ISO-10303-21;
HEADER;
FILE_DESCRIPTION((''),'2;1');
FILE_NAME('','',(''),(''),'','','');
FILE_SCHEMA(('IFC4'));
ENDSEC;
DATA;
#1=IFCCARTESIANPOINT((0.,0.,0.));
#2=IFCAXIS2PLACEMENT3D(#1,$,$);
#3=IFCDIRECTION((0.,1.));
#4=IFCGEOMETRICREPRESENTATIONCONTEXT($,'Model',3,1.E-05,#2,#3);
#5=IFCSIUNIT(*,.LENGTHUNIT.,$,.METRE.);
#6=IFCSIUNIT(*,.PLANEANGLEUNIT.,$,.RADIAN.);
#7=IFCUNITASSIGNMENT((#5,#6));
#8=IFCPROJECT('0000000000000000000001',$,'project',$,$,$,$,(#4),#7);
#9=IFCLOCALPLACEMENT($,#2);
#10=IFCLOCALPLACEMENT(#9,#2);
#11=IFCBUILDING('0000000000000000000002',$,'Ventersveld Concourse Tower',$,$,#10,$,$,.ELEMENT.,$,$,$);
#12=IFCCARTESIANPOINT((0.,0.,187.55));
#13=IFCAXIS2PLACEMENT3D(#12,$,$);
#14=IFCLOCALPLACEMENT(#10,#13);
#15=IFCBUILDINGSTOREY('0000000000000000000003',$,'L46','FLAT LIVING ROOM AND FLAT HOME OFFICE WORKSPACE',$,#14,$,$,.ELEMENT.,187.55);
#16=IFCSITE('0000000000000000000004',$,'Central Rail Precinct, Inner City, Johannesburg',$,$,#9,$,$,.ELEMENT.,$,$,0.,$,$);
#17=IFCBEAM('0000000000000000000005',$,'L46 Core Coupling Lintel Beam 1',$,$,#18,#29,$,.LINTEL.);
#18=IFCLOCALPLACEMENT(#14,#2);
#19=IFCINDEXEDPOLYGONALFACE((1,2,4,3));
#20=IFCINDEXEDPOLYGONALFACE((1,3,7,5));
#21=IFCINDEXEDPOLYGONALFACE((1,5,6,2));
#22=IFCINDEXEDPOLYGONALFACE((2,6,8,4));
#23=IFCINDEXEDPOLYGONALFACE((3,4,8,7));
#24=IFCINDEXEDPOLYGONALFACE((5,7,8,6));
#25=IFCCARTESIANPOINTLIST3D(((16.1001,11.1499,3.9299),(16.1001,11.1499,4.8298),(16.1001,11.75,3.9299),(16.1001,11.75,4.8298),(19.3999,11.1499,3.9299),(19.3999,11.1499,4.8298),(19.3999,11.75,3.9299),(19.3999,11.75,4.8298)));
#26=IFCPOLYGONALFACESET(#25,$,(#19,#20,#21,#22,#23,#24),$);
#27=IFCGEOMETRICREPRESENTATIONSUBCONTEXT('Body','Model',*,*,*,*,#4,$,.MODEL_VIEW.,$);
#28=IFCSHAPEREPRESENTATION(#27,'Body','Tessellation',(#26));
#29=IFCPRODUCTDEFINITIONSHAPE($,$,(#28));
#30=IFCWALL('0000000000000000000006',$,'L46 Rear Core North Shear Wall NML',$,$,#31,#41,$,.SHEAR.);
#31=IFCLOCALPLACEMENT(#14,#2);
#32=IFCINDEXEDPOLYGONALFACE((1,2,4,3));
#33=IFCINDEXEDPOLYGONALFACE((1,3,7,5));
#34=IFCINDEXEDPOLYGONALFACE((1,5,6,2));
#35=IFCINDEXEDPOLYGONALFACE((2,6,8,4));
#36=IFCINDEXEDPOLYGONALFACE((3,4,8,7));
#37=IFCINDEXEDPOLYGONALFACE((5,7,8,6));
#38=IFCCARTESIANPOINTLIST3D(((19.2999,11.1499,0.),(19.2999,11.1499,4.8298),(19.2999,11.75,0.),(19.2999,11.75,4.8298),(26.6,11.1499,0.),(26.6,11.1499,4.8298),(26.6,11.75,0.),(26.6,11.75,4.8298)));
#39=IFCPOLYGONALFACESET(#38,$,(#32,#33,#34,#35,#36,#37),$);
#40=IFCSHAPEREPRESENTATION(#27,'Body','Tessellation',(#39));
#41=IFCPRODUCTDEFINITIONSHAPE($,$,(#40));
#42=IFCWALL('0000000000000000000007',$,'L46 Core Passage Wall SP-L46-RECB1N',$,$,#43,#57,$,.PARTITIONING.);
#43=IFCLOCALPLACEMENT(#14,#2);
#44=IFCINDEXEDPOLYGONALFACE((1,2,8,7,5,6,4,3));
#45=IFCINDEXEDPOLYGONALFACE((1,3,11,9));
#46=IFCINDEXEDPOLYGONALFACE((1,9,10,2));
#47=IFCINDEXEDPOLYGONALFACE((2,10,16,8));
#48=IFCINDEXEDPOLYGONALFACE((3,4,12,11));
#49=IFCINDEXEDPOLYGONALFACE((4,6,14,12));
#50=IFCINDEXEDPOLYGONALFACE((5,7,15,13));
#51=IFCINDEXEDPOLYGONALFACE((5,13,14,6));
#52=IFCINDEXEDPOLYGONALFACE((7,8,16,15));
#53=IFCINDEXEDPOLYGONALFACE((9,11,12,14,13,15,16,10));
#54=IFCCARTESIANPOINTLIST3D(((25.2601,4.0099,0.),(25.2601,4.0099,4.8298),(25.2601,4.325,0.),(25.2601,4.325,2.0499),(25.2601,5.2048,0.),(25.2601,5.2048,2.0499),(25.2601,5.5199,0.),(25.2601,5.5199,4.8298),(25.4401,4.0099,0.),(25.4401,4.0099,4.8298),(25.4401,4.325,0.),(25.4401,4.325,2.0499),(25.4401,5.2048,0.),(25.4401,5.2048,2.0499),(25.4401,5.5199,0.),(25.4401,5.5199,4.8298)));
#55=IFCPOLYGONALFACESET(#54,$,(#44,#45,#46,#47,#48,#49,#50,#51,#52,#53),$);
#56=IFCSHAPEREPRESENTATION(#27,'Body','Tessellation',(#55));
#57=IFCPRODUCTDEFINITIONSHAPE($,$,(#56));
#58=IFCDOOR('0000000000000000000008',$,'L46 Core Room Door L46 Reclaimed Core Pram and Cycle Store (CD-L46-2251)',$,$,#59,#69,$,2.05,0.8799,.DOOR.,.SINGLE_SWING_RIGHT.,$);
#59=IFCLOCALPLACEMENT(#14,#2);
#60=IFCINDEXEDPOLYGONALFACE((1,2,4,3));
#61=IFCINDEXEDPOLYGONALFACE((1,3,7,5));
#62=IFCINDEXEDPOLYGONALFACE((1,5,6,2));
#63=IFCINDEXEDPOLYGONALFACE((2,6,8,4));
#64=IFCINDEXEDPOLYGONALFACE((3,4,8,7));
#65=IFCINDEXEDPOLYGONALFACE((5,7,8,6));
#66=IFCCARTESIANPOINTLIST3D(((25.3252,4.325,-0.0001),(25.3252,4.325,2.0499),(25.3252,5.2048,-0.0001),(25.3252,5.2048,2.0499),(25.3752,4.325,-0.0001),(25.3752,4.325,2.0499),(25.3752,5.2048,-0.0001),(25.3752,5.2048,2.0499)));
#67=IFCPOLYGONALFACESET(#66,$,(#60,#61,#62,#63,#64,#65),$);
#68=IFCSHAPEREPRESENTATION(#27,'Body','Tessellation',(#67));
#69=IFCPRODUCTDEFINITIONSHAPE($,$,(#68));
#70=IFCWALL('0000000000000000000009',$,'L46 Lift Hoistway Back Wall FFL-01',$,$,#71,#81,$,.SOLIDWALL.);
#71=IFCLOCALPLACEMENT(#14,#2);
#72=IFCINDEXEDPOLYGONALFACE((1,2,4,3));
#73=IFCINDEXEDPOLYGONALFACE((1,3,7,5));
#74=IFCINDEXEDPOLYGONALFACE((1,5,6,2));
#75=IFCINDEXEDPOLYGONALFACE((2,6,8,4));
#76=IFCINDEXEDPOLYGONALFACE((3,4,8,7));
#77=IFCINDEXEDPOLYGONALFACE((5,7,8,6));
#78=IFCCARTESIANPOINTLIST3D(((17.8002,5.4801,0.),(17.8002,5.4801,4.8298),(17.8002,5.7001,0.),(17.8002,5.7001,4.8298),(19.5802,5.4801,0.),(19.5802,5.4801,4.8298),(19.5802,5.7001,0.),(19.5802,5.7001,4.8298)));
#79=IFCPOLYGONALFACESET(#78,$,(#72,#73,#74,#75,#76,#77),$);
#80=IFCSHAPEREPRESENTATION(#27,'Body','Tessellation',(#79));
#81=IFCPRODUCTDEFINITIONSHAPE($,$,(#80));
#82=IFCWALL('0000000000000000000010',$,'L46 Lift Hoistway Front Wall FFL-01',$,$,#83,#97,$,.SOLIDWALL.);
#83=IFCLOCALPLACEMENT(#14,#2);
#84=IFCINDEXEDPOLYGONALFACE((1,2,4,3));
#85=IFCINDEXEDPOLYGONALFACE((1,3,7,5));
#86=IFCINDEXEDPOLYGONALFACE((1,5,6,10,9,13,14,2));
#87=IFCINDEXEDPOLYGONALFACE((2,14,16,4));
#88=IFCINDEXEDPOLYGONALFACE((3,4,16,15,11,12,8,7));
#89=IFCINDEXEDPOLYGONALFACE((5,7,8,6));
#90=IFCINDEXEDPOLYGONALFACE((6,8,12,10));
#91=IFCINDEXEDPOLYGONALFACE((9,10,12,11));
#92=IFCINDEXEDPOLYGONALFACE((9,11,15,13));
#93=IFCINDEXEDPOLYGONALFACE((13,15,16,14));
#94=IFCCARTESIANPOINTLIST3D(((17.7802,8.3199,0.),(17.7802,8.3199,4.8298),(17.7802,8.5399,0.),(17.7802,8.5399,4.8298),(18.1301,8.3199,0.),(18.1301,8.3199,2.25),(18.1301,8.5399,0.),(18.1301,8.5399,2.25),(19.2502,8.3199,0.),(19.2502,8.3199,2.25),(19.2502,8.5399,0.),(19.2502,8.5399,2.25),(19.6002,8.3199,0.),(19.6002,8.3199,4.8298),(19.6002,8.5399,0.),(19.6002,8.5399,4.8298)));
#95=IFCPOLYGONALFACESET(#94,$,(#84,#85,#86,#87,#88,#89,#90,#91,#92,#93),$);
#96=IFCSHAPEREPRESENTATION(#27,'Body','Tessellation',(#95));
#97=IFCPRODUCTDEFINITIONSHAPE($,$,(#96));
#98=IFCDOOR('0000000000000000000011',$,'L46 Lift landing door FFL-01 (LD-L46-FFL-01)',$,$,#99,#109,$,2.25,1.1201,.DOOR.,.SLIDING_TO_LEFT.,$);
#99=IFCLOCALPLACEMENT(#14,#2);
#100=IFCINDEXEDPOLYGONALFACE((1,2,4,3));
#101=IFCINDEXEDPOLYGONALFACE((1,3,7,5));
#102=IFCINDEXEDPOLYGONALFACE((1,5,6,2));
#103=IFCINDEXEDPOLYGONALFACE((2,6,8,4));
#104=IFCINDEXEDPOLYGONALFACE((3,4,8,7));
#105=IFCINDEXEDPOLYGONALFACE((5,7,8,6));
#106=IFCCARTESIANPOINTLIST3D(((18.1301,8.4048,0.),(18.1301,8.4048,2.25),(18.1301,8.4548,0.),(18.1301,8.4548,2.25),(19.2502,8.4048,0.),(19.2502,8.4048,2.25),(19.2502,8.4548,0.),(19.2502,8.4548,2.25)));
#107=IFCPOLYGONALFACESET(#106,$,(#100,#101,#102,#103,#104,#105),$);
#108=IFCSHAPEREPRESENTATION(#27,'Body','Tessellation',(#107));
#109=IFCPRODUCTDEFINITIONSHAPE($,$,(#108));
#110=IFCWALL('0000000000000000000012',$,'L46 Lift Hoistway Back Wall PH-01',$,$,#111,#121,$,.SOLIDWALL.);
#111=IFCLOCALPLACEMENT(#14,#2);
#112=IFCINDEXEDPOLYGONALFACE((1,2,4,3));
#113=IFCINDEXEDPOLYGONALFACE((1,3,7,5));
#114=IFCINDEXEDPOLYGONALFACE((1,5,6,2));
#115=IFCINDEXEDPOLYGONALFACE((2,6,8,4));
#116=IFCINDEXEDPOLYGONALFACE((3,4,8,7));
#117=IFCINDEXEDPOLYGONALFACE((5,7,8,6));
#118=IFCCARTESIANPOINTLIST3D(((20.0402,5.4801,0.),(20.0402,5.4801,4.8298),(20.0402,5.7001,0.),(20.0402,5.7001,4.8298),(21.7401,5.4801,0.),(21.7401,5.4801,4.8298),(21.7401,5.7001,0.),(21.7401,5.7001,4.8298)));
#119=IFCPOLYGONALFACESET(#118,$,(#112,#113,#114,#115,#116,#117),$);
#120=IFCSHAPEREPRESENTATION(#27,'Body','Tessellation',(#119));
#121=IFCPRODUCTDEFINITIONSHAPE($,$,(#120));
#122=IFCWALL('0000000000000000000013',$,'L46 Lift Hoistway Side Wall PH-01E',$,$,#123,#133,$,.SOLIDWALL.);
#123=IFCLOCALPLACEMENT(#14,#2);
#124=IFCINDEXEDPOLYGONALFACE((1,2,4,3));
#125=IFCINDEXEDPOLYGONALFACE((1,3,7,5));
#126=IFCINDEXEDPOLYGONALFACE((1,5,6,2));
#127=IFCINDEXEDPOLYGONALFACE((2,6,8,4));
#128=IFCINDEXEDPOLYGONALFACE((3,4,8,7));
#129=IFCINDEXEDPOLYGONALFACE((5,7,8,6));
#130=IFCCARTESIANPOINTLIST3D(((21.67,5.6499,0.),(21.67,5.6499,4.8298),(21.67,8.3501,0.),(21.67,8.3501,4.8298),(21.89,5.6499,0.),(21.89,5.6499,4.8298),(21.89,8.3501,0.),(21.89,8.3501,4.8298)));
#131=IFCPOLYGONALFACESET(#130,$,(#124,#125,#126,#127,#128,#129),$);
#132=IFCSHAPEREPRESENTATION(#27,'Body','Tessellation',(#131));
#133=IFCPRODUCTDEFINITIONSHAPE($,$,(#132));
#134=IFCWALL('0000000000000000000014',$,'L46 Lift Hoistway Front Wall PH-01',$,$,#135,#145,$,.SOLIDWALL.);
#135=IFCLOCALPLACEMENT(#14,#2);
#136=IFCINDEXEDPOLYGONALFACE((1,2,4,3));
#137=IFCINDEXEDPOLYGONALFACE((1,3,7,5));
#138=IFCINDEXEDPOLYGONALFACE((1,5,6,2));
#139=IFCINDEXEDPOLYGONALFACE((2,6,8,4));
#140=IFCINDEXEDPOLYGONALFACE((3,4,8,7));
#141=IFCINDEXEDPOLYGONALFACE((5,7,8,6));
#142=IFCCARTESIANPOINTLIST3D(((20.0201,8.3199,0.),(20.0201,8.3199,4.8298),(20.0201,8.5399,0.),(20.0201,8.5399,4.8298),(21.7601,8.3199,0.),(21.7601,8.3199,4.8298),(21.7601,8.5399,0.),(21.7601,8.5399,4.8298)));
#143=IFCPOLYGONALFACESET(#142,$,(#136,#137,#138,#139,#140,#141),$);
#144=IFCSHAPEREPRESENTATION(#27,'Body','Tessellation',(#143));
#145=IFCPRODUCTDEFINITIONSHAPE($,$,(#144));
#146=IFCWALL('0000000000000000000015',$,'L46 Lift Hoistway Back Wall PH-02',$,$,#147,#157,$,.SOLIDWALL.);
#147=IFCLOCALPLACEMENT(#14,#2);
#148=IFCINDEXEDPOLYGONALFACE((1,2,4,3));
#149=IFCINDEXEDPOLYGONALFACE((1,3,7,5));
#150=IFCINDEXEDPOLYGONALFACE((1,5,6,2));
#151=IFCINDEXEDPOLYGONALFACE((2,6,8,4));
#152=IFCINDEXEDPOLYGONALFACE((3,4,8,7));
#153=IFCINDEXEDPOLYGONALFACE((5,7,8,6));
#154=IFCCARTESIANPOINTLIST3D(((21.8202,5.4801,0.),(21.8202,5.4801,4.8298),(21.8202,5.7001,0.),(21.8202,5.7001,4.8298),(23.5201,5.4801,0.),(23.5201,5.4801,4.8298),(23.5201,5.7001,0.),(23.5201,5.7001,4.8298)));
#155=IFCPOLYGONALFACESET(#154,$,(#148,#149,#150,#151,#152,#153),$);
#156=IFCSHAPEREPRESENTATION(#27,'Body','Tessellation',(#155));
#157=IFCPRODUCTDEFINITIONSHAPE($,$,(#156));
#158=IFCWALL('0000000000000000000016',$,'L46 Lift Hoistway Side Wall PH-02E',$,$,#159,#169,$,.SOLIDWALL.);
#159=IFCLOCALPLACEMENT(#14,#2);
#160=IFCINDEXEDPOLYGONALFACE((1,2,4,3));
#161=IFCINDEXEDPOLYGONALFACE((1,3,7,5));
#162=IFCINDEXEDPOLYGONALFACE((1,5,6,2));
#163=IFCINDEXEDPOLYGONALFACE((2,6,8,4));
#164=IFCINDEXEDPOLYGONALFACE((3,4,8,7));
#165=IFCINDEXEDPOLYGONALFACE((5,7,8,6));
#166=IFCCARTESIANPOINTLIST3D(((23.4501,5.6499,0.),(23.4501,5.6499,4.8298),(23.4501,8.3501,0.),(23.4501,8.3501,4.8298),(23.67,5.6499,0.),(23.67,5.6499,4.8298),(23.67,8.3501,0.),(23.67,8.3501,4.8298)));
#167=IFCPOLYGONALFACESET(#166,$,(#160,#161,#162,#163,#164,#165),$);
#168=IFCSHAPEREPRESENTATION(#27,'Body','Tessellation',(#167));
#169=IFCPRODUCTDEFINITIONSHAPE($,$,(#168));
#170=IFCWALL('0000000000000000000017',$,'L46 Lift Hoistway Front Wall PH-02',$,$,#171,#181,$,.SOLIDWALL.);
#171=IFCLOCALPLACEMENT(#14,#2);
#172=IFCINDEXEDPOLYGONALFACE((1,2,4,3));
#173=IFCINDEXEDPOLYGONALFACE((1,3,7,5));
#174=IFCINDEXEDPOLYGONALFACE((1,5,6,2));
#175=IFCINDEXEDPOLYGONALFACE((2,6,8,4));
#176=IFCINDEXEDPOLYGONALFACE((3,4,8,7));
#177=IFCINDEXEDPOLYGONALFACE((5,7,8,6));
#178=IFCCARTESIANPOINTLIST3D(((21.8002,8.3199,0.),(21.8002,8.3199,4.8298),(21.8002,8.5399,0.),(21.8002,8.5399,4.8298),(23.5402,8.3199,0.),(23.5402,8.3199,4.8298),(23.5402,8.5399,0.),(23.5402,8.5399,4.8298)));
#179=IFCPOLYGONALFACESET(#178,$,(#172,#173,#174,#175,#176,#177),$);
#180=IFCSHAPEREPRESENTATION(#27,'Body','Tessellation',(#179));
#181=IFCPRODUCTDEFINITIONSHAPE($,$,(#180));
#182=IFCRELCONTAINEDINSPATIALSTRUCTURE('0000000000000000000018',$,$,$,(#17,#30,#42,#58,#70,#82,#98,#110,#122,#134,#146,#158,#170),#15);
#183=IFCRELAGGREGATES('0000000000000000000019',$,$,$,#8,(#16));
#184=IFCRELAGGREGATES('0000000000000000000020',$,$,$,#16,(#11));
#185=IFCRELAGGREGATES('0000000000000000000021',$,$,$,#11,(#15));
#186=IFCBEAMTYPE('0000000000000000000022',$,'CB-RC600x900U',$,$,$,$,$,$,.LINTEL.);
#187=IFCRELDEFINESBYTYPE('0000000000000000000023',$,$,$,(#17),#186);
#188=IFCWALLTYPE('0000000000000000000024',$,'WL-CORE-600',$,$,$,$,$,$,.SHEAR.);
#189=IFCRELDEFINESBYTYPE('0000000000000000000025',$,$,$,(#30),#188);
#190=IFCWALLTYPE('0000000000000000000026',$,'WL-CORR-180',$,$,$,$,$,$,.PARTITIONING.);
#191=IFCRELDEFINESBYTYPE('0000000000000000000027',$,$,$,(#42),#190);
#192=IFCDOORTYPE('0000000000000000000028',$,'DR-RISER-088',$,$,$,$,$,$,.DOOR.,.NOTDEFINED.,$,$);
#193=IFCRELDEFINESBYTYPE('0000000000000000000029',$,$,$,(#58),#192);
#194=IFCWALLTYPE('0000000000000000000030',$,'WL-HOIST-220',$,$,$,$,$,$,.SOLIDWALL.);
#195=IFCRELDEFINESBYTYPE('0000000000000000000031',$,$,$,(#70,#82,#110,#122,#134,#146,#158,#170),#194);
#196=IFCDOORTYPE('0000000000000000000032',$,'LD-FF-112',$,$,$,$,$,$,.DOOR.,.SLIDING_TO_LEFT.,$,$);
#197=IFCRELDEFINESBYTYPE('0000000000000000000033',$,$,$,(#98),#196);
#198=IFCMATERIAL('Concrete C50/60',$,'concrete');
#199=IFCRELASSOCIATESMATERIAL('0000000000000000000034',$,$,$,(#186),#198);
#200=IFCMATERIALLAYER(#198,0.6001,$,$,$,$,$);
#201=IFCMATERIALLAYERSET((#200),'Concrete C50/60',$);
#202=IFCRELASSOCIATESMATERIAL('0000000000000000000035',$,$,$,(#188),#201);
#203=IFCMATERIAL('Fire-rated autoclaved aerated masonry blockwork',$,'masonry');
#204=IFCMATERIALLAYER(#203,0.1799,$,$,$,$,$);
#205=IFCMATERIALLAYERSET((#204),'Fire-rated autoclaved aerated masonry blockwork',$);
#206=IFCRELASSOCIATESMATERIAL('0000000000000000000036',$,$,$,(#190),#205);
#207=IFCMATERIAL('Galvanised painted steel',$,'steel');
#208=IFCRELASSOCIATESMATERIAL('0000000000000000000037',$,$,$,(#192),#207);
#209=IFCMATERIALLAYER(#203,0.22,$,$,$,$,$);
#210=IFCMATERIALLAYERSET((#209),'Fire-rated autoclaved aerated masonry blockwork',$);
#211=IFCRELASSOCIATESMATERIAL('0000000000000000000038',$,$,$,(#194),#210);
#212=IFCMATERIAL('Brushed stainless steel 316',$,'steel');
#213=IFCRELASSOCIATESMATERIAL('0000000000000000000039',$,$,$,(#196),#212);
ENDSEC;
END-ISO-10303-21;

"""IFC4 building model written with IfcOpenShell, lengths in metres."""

from ifc_helpers import new_model, si_unit, direction, frame, frame_2d, origin, origin_2d, place, context, subcontext, project, spatial, rectangle, extrude, material, layer, layer_set, material_profile, profile_set, type_object, element, fill, save


model = new_model("IFC4")

# Units and contexts
model_context = context("Model", 3, precision=1e-05, world=origin(), true_north=direction((0.0, 1.0)))
body_context = subcontext(model_context, "Body", "Model", "MODEL_VIEW")
ifc_project = project(units=[si_unit("LENGTHUNIT", "METRE"), si_unit("PLANEANGLEUNIT", "RADIAN")], contexts=[model_context])

# Site, building, storey
site_placement = place(None, origin())
site = spatial("IfcSite", under=ifc_project, at=site_placement, Name="Central Rail Precinct, Inner City, Johannesburg", CompositionType="ELEMENT", RefElevation=0.0)
building_placement = place(site_placement, origin())
building = spatial("IfcBuilding", under=site, at=building_placement, Name="Ventersveld Concourse Tower", CompositionType="ELEMENT")
storey_placement = place(building_placement, frame((0.0, 0.0, 187.55)))
storey = spatial("IfcBuildingStorey", under=building, at=storey_placement, Name="L46", Description="FLAT LIVING ROOM AND FLAT HOME OFFICE WORKSPACE", CompositionType="ELEMENT", Elevation=187.55)

# Beam
ifc_material_1 = material(Name="Concrete C50/60", Category="concrete")
ifc_material_profile = material_profile(ifc_material_1, rectangle(XDim=0.6001, YDim=0.8999, at=origin_2d()), Name="RC 600x900")
ifc_profile_set = profile_set([ifc_material_profile], Name="Concrete C50/60")
beam_type = type_object("IfcBeamType", Name="CB-RC600x900U", PredefinedType="LINTEL", material=ifc_profile_set)
beam_placement = place(storey_placement, frame((16.1001, 11.45, 4.3799), z_axis=(1.0, 0.0, 0.0), x_axis=(0.0, 1.0, 0.0)))
element("IfcBeam", 1, at=beam_placement, inside=storey, type_object=beam_type, Name="L46 Core Coupling Lintel Beam 1", PredefinedType="LINTEL", context=body_context, shape_type="SweptSolid", body=[
    extrude(rectangle(XDim=0.6001, YDim=0.8999, at=origin_2d()), origin(), (0.0, 0.0, 1.0), 3.2998),
])

# Wall
ifc_layer_1 = layer(ifc_material_1, 0.6001)
ifc_layer_set_1 = layer_set([ifc_layer_1], Name="Concrete C50/60")
wall_type_1 = type_object("IfcWallType", Name="WL-CORE-600", PredefinedType="SHEAR", material=ifc_layer_set_1)
wall_1_placement = place(storey_placement, frame((19.3, 11.45, 0.0), z_axis=(0.0, 0.0, 1.0), x_axis=(1.0, 0.0, 0.0)))
element("IfcWall", 2, at=wall_1_placement, inside=storey, type_object=wall_type_1, Name="L46 Rear Core North Shear Wall NML", PredefinedType="SHEAR", context=body_context, shape_type="SweptSolid", body=[
    extrude(rectangle(XDim=7.3, YDim=0.6001, at=frame_2d((3.6499, 0.0))), origin(), (0.0, 0.0, 1.0), 4.8298),
])

# Wall, opening, door
ifc_material_2 = material(Name="Fire-rated autoclaved aerated masonry blockwork", Category="masonry")
ifc_layer_2 = layer(ifc_material_2, 0.1799)
ifc_layer_set_2 = layer_set([ifc_layer_2], Name="Fire-rated autoclaved aerated masonry blockwork")
wall_type_2 = type_object("IfcWallType", Name="WL-CORR-180", PredefinedType="PARTITIONING", material=ifc_layer_set_2)
wall_2_placement = place(storey_placement, frame((25.3501, 4.01, 0.0), z_axis=(0.0, 0.0, 1.0), x_axis=(0.0, 1.0, 0.0)))
wall_2 = element("IfcWall", 3, at=wall_2_placement, inside=storey, type_object=wall_type_2, Name="L46 Core Passage Wall SP-L46-RECB1N", PredefinedType="PARTITIONING", context=body_context, shape_type="SweptSolid", body=[
    extrude(rectangle(XDim=1.51, YDim=0.1799, at=frame_2d((0.7549, 0.0))), origin(), (0.0, 0.0, 1.0), 4.8298),
])
opening_1_placement = place(wall_2_placement, frame((0.3149, 0.0, 0.0)))
opening_1 = element("IfcOpeningElement", 4, at=opening_1_placement, cuts=wall_2, PredefinedType="OPENING", context=body_context, shape_type="SweptSolid", body=[
    extrude(rectangle(XDim=0.8799, YDim=2.05, at=frame_2d((0.4399, 1.0249))), frame((0.0, 0.1001, 0.0), z_axis=(0.0, -1.0, 0.0), x_axis=(1.0, 0.0, 0.0)), (0.0, 0.0, 1.0), 0.2),
])
ifc_material_3 = material(Name="Galvanised painted steel", Category="steel")
door_type_1 = type_object("IfcDoorType", Name="DR-RISER-088", OperationType="NOTDEFINED", PredefinedType="DOOR", material=ifc_material_3)
door_1_placement = place(opening_1_placement, origin())
door_1 = element("IfcDoor", 5, at=door_1_placement, inside=storey, type_object=door_type_1, Name="L46 Core Room Door L46 Reclaimed Core Pram and Cycle Store (CD-L46-2251)", OperationType="SINGLE_SWING_RIGHT", OverallHeight=2.05, OverallWidth=0.8799, PredefinedType="DOOR", context=body_context, shape_type="SweptSolid", body=[
    extrude(rectangle(XDim=0.8799, YDim=2.05, at=frame_2d((0.4399, 1.0249))), frame((0.0, 0.0249, 0.0), z_axis=(0.0, -1.0, 0.0), x_axis=(1.0, 0.0, 0.0)), (0.0, 0.0, 1.0), 0.05),
])
fill(opening_1, door_1)

# Wall
ifc_layer_3 = layer(ifc_material_2, 0.22)
ifc_layer_set_3 = layer_set([ifc_layer_3], Name="Fire-rated autoclaved aerated masonry blockwork")
wall_type_3 = type_object("IfcWallType", Name="WL-HOIST-220", PredefinedType="SOLIDWALL", material=ifc_layer_set_3)
wall_3_placement = place(storey_placement, frame((17.8, 5.5901, 0.0), z_axis=(0.0, 0.0, 1.0), x_axis=(1.0, 0.0, 0.0)))
element("IfcWall", 6, at=wall_3_placement, inside=storey, type_object=wall_type_3, Name="L46 Lift Hoistway Back Wall FFL-01", PredefinedType="SOLIDWALL", context=body_context, shape_type="SweptSolid", body=[
    extrude(rectangle(XDim=1.78, YDim=0.22, at=frame_2d((0.8901, 0.0))), origin(), (0.0, 0.0, 1.0), 4.8298),
])

# Wall, opening, door
wall_4_placement = place(storey_placement, frame((17.78, 8.4299, 0.0), z_axis=(0.0, 0.0, 1.0), x_axis=(1.0, 0.0, 0.0)))
wall_4 = element("IfcWall", 7, at=wall_4_placement, inside=storey, type_object=wall_type_3, Name="L46 Lift Hoistway Front Wall FFL-01", PredefinedType="SOLIDWALL", context=body_context, shape_type="SweptSolid", body=[
    extrude(rectangle(XDim=1.8201, YDim=0.22, at=frame_2d((0.9102, 0.0))), origin(), (0.0, 0.0, 1.0), 4.8298),
])
opening_2_placement = place(wall_4_placement, frame((0.3501, 0.0, 0.0)))
opening_2 = element("IfcOpeningElement", 8, at=opening_2_placement, cuts=wall_4, PredefinedType="OPENING", context=body_context, shape_type="SweptSolid", body=[
    extrude(rectangle(XDim=1.1201, YDim=2.25, at=frame_2d((0.5601, 1.125))), frame((0.0, 0.1201, 0.0), z_axis=(0.0, -1.0, 0.0), x_axis=(1.0, 0.0, 0.0)), (0.0, 0.0, 1.0), 0.24),
])
ifc_material_4 = material(Name="Brushed stainless steel 316", Category="steel")
door_type_2 = type_object("IfcDoorType", Name="LD-FF-112", OperationType="SLIDING_TO_LEFT", PredefinedType="DOOR", material=ifc_material_4)
door_2_placement = place(opening_2_placement, origin())
door_2 = element("IfcDoor", 9, at=door_2_placement, inside=storey, type_object=door_type_2, Name="L46 Lift landing door FFL-01 (LD-L46-FFL-01)", OperationType="SLIDING_TO_LEFT", OverallHeight=2.25, OverallWidth=1.1201, PredefinedType="DOOR", context=body_context, shape_type="SweptSolid", body=[
    extrude(rectangle(XDim=1.1201, YDim=2.25, at=frame_2d((0.5601, 1.125))), frame((0.0, 0.0249, 0.0), z_axis=(0.0, -1.0, 0.0), x_axis=(1.0, 0.0, 0.0)), (0.0, 0.0, 1.0), 0.05),
])
fill(opening_2, door_2)

# Walls
wall_5_placement = place(storey_placement, frame((20.04, 5.5901, 0.0), z_axis=(0.0, 0.0, 1.0), x_axis=(1.0, 0.0, 0.0)))
element("IfcWall", 10, at=wall_5_placement, inside=storey, type_object=wall_type_3, Name="L46 Lift Hoistway Back Wall PH-01", PredefinedType="SOLIDWALL", context=body_context, shape_type="SweptSolid", body=[
    extrude(rectangle(XDim=1.7, YDim=0.22, at=frame_2d((0.8501, 0.0))), origin(), (0.0, 0.0, 1.0), 4.8298),
])
wall_6_placement = place(storey_placement, frame((21.78, 5.6499, 0.0), z_axis=(0.0, 0.0, 1.0), x_axis=(0.0, 1.0, 0.0)))
element("IfcWall", 11, at=wall_6_placement, inside=storey, type_object=wall_type_3, Name="L46 Lift Hoistway Side Wall PH-01E", PredefinedType="SOLIDWALL", context=body_context, shape_type="SweptSolid", body=[
    extrude(rectangle(XDim=2.7002, YDim=0.22, at=frame_2d((1.3501, 0.0))), origin(), (0.0, 0.0, 1.0), 4.8298),
])
wall_7_placement = place(storey_placement, frame((20.02, 8.4299, 0.0), z_axis=(0.0, 0.0, 1.0), x_axis=(1.0, 0.0, 0.0)))
element("IfcWall", 12, at=wall_7_placement, inside=storey, type_object=wall_type_3, Name="L46 Lift Hoistway Front Wall PH-01", PredefinedType="SOLIDWALL", context=body_context, shape_type="SweptSolid", body=[
    extrude(rectangle(XDim=1.74, YDim=0.22, at=frame_2d((0.8701, 0.0))), origin(), (0.0, 0.0, 1.0), 4.8298),
])
wall_8_placement = place(storey_placement, frame((21.8201, 5.5901, 0.0), z_axis=(0.0, 0.0, 1.0), x_axis=(1.0, 0.0, 0.0)))
element("IfcWall", 13, at=wall_8_placement, inside=storey, type_object=wall_type_3, Name="L46 Lift Hoistway Back Wall PH-02", PredefinedType="SOLIDWALL", context=body_context, shape_type="SweptSolid", body=[
    extrude(rectangle(XDim=1.7, YDim=0.22, at=frame_2d((0.8501, 0.0))), origin(), (0.0, 0.0, 1.0), 4.8298),
])
wall_9_placement = place(storey_placement, frame((23.5601, 5.6499, 0.0), z_axis=(0.0, 0.0, 1.0), x_axis=(0.0, 1.0, 0.0)))
element("IfcWall", 14, at=wall_9_placement, inside=storey, type_object=wall_type_3, Name="L46 Lift Hoistway Side Wall PH-02E", PredefinedType="SOLIDWALL", context=body_context, shape_type="SweptSolid", body=[
    extrude(rectangle(XDim=2.7002, YDim=0.22, at=frame_2d((1.3501, 0.0))), origin(), (0.0, 0.0, 1.0), 4.8298),
])
wall_10_placement = place(storey_placement, frame((21.8, 8.4299, 0.0), z_axis=(0.0, 0.0, 1.0), x_axis=(1.0, 0.0, 0.0)))
element("IfcWall", 15, at=wall_10_placement, inside=storey, type_object=wall_type_3, Name="L46 Lift Hoistway Front Wall PH-02", PredefinedType="SOLIDWALL", context=body_context, shape_type="SweptSolid", body=[
    extrude(rectangle(XDim=1.74, YDim=0.22, at=frame_2d((0.8701, 0.0))), origin(), (0.0, 0.0, 1.0), 4.8298),
])

save(model, "model.ifc")
